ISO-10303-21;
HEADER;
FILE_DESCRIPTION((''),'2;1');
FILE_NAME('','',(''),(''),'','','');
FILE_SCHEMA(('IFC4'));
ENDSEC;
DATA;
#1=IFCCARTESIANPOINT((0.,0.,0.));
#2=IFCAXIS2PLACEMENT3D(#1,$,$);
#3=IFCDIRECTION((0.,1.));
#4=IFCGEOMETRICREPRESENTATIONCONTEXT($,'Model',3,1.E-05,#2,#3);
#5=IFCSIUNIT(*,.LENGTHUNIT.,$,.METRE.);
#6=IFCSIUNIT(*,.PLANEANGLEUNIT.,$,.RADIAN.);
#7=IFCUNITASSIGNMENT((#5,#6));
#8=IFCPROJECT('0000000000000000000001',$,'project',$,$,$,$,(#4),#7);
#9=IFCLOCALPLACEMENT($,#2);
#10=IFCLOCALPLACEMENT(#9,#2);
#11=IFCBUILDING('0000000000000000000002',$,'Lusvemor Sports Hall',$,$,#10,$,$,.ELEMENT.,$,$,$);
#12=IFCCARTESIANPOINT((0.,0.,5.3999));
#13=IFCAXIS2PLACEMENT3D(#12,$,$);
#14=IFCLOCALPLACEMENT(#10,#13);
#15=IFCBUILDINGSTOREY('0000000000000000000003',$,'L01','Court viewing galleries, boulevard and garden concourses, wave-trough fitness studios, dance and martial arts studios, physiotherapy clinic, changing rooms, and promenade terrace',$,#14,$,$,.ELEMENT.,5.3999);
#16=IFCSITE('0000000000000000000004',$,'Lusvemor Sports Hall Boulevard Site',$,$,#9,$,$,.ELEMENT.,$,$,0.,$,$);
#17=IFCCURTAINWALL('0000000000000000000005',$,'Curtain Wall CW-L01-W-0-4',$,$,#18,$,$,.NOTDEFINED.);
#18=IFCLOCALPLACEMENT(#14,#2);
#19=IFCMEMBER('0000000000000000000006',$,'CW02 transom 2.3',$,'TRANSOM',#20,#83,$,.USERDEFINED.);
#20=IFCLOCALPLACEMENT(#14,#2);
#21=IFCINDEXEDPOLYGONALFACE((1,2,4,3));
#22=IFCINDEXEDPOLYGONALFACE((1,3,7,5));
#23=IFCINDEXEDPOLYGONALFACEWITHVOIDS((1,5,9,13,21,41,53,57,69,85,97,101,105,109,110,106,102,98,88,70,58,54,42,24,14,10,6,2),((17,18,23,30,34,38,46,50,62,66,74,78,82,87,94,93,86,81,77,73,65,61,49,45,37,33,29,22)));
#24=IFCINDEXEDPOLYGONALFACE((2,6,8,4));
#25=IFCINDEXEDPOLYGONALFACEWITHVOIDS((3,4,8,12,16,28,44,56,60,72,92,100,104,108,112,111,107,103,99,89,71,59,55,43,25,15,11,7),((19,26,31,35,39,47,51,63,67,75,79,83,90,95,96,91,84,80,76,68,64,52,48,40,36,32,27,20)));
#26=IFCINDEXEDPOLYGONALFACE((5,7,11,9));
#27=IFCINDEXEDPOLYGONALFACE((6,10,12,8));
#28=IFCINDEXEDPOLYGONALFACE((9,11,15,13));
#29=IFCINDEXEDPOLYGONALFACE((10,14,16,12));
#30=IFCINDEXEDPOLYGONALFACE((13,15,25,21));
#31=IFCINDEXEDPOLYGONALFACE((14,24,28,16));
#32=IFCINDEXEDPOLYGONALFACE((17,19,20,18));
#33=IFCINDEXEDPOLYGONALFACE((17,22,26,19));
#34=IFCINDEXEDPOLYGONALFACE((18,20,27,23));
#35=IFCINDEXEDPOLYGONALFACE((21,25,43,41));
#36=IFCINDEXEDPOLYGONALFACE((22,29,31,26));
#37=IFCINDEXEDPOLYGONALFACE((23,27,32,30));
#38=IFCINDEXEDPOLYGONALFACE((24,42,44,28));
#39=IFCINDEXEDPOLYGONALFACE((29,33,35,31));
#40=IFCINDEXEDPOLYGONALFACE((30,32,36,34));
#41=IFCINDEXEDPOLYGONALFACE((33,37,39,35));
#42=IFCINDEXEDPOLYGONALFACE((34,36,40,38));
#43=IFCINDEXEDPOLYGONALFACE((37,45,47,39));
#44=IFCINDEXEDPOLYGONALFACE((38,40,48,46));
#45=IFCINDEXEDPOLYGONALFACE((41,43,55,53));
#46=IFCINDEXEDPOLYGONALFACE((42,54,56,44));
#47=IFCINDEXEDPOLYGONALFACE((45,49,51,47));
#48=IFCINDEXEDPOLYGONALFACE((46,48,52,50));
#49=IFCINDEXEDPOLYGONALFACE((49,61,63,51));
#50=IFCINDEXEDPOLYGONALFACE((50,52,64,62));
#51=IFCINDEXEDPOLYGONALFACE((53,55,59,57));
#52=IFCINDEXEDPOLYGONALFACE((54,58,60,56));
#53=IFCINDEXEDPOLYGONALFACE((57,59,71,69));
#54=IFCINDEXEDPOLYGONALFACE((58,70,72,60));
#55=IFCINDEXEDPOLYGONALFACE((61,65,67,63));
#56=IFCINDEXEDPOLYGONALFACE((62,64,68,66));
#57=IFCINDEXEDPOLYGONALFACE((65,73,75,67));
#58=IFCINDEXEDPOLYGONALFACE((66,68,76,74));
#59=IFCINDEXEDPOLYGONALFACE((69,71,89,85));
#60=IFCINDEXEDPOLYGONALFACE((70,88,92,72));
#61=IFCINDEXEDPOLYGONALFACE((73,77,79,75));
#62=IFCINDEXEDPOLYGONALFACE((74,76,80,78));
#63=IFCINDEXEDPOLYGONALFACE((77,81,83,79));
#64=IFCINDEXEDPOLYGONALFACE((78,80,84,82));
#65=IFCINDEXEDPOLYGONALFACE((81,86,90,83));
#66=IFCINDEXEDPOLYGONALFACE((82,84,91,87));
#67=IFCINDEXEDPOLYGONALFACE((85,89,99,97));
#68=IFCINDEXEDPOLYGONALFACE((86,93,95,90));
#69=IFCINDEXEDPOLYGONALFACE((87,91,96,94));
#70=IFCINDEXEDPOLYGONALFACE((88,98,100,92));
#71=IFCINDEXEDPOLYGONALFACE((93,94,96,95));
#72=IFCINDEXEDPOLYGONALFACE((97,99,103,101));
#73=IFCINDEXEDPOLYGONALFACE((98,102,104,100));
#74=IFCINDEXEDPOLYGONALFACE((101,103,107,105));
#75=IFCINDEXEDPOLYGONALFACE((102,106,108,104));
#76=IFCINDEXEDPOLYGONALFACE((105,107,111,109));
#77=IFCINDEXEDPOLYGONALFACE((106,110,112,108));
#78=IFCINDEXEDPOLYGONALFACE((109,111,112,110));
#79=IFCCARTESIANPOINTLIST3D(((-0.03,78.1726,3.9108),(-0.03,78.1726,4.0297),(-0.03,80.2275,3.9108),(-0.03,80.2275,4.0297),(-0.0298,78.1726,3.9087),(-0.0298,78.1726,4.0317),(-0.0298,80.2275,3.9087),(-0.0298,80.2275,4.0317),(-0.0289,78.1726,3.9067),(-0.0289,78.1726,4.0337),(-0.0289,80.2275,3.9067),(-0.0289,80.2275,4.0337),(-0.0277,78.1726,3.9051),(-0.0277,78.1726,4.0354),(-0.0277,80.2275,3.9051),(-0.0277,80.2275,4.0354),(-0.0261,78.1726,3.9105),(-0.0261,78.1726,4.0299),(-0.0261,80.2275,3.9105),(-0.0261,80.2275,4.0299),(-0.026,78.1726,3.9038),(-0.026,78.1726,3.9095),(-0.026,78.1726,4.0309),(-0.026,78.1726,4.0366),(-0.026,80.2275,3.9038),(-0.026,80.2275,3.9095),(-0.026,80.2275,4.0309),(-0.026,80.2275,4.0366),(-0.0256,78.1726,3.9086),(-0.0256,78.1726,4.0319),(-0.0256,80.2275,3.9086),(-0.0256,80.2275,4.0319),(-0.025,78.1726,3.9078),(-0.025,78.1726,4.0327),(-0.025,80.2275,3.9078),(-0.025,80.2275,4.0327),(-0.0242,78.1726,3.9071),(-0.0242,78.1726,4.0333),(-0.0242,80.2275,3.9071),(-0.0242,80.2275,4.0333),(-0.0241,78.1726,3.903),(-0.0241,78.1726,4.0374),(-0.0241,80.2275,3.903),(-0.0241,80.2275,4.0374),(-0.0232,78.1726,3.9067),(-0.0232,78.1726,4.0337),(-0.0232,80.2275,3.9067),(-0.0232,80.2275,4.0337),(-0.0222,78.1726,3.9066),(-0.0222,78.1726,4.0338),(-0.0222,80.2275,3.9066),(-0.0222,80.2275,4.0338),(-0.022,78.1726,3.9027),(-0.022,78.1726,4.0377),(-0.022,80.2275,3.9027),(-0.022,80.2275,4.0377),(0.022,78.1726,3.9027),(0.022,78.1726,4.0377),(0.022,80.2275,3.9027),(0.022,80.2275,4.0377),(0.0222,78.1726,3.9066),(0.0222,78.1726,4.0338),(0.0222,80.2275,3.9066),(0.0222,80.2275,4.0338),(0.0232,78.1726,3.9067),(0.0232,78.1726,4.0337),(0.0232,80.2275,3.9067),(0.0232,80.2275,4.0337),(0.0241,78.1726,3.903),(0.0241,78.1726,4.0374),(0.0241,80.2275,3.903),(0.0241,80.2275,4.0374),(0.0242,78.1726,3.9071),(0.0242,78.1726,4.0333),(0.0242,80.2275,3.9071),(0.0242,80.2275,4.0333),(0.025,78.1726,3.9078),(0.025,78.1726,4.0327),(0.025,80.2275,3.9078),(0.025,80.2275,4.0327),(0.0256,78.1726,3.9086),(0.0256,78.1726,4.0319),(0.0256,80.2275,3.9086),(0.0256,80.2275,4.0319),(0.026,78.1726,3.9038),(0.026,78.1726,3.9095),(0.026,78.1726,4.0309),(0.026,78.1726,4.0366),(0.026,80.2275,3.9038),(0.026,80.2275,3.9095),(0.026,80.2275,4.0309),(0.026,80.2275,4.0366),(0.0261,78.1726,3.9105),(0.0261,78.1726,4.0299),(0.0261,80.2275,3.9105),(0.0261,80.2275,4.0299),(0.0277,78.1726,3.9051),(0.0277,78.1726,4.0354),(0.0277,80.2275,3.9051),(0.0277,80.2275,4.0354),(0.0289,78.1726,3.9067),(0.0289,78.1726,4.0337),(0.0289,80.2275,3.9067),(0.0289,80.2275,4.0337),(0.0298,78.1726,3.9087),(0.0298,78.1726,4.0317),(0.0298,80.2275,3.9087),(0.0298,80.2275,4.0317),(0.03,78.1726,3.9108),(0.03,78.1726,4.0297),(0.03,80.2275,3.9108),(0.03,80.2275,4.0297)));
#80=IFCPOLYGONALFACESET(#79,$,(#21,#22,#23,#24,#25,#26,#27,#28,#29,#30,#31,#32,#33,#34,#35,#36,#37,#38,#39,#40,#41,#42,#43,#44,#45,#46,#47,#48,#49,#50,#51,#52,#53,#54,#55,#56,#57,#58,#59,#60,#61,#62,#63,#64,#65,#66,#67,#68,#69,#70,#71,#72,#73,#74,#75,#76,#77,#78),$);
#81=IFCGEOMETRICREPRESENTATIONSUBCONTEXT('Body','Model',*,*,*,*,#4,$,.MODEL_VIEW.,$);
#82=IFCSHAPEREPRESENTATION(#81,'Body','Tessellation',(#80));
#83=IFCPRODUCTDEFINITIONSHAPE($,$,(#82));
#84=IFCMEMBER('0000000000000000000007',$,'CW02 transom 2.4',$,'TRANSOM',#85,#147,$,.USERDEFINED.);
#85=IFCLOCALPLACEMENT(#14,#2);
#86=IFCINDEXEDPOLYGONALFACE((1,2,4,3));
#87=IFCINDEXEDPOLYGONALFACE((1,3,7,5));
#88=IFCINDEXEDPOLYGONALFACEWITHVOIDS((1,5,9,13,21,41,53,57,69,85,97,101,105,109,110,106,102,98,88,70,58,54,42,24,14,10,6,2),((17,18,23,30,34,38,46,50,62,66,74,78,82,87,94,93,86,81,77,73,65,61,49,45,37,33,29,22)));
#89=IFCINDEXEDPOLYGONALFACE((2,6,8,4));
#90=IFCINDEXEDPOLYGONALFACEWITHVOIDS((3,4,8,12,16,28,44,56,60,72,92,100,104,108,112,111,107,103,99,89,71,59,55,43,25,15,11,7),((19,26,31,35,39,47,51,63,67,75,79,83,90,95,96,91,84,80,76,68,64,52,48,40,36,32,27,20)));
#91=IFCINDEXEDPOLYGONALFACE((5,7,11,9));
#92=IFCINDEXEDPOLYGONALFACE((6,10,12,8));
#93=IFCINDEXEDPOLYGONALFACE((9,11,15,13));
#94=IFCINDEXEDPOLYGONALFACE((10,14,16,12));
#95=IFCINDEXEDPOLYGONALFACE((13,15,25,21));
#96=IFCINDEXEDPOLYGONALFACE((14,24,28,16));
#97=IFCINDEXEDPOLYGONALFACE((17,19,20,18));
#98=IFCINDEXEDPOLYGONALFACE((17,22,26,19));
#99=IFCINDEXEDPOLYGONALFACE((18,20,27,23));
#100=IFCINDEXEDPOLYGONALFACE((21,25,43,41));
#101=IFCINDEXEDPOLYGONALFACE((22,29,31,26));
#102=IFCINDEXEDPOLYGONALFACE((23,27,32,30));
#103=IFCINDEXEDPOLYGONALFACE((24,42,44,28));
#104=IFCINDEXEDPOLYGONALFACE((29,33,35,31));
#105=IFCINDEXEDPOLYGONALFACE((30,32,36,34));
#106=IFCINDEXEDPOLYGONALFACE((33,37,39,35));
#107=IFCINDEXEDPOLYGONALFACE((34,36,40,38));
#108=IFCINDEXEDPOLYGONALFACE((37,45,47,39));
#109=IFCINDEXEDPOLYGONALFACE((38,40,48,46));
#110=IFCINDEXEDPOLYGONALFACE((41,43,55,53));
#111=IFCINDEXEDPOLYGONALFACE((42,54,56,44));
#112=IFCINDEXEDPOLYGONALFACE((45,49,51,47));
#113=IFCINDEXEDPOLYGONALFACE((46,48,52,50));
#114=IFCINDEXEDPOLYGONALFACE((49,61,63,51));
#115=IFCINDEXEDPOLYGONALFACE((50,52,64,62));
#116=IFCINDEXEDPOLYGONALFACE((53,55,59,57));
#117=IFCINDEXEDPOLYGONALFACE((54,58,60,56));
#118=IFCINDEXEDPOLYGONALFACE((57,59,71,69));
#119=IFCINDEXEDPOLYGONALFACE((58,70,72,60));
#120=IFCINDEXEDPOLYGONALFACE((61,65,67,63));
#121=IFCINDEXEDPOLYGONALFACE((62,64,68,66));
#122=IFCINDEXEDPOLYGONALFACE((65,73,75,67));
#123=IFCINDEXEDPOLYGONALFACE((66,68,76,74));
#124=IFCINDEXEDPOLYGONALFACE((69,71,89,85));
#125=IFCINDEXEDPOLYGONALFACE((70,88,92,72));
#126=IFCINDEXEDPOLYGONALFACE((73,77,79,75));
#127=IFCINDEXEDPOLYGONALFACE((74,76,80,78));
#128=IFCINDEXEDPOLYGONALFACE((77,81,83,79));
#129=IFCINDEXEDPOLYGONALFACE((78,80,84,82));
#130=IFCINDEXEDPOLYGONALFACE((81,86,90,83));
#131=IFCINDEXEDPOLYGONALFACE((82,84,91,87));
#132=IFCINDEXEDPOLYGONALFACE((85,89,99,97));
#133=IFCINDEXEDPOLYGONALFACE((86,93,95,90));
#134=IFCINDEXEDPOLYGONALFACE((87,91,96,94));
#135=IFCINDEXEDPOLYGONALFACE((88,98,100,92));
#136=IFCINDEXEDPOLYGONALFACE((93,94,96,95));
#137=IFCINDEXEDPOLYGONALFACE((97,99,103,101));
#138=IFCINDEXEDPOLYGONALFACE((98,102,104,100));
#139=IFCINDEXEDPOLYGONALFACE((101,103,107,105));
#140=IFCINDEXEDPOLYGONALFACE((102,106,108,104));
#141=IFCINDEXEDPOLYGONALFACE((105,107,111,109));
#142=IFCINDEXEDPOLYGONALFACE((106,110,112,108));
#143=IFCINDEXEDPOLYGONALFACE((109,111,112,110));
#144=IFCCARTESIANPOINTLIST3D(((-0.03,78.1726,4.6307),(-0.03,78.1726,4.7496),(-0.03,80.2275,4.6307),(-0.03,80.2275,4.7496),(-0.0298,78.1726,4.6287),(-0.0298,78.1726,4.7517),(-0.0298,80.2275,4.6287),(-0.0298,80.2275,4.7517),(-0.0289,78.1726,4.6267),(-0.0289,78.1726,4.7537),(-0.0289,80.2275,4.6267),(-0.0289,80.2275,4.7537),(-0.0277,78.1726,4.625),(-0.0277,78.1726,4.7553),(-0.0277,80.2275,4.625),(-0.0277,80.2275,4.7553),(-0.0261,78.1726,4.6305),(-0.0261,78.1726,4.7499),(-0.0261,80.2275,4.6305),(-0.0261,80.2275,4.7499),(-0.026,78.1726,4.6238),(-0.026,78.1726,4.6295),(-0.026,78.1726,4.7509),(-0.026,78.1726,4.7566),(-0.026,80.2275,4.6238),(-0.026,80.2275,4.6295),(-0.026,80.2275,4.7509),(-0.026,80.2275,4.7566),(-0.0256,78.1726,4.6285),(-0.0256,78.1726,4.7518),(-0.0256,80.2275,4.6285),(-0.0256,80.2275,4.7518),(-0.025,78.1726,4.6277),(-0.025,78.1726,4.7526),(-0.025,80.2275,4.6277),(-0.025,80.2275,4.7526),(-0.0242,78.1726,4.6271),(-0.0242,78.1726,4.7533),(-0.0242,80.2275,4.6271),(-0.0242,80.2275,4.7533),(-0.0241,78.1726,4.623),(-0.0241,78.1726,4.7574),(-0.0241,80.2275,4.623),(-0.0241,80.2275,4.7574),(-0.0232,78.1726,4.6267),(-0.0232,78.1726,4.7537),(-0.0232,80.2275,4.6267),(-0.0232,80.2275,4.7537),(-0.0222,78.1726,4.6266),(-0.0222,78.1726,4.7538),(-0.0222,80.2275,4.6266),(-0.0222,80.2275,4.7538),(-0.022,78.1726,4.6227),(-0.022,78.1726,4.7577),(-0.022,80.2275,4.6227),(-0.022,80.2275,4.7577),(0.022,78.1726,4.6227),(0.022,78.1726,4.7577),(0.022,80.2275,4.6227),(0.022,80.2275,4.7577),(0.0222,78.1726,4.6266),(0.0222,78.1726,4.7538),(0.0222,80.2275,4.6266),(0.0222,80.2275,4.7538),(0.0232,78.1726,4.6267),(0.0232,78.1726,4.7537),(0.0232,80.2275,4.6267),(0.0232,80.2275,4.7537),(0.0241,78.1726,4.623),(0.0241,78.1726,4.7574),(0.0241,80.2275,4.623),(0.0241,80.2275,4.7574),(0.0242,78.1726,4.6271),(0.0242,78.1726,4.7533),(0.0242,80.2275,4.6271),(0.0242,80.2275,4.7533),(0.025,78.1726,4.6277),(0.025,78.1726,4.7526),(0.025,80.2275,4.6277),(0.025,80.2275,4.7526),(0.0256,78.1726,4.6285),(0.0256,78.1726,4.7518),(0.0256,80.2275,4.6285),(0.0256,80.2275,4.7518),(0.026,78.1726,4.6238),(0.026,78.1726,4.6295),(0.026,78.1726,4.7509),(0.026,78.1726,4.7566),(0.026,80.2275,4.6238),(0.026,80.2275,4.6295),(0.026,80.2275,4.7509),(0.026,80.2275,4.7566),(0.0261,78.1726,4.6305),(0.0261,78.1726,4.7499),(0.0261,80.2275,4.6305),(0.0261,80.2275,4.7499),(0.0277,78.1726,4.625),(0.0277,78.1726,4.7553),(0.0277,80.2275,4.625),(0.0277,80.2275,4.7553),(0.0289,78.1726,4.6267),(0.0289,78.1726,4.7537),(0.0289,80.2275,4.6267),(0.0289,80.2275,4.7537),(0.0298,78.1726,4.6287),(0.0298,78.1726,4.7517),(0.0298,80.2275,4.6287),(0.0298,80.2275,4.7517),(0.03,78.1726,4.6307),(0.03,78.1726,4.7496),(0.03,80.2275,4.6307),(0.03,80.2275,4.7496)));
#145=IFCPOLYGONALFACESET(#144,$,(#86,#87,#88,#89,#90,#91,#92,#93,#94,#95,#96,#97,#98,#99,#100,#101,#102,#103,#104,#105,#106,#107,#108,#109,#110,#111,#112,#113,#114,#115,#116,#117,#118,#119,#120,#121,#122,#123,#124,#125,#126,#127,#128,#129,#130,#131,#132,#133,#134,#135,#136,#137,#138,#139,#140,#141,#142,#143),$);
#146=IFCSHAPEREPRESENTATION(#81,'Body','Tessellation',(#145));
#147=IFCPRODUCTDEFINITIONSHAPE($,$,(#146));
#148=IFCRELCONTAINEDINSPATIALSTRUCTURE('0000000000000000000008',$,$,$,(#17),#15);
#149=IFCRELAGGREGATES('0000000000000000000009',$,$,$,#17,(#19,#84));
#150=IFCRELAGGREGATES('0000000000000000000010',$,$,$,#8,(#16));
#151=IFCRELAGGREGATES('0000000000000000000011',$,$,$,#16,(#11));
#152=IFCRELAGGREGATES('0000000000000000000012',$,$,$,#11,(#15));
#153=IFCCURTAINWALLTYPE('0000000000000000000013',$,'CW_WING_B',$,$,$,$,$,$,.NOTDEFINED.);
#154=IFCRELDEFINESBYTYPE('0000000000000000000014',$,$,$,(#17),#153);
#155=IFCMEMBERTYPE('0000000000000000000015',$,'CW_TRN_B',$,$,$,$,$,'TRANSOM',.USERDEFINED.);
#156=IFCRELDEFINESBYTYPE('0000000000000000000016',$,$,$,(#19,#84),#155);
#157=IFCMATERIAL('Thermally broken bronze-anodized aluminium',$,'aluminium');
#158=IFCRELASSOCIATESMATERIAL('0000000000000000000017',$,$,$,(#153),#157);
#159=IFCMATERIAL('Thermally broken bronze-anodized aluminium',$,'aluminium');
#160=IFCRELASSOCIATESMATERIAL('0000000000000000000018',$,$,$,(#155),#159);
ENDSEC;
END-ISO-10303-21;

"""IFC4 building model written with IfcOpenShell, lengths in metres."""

from ifc_helpers import new_model, si_unit, direction, frame, origin, origin_2d, place, context, subcontext, project, spatial, hollow_rectangle, extrude, material, material_profile, profile_set, type_object, element, aggregate, save


model = new_model("IFC4")

# Units and contexts
model_context = context("Model", 3, precision=1e-05, world=origin(), true_north=direction((0.0, 1.0)))
body_context = subcontext(model_context, "Body", "Model", "MODEL_VIEW")
ifc_project = project(units=[si_unit("LENGTHUNIT", "METRE"), si_unit("PLANEANGLEUNIT", "RADIAN")], contexts=[model_context])

# Site, building, storey
site_placement = place(None, origin())
site = spatial("IfcSite", under=ifc_project, at=site_placement, Name="Lusvemor Sports Hall Boulevard Site", CompositionType="ELEMENT", RefElevation=0.0)
building_placement = place(site_placement, origin())
building = spatial("IfcBuilding", under=site, at=building_placement, Name="Lusvemor Sports Hall", CompositionType="ELEMENT")
storey_placement = place(building_placement, frame((0.0, 0.0, 5.3999)))
storey = spatial("IfcBuildingStorey", under=building, at=storey_placement, Name="L01", Description="Court viewing galleries, boulevard and garden concourses, wave-trough fitness studios, dance and martial arts studios, physiotherapy clinic, changing rooms, and promenade terrace", CompositionType="ELEMENT", Elevation=5.3999)

# Curtain wall, members
ifc_material_1 = material(Name="Thermally broken bronze-anodized aluminium", Category="aluminium")
curtain_wall_type = type_object("IfcCurtainWallType", Name="CW_WING_B", PredefinedType="NOTDEFINED", material=ifc_material_1)
curtain_wall_placement = place(storey_placement, origin())
curtain_wall = element("IfcCurtainWall", 1, at=curtain_wall_placement, inside=storey, type_object=curtain_wall_type, Name="Curtain Wall CW-L01-W-0-4", PredefinedType="NOTDEFINED")
ifc_material_2 = material(Name="Thermally broken bronze-anodized aluminium", Category="aluminium")
ifc_material_profile_1 = material_profile(ifc_material_2, hollow_rectangle(XDim=0.0601, YDim=0.135, WallThickness=0.0039, InnerFilletRadius=0.0039, OuterFilletRadius=0.0081, at=origin_2d()), Name="CWTRN135x60x4")
ifc_profile_set_1 = profile_set([ifc_material_profile_1], Name="Thermally broken bronze-anodized aluminium")
member_type_1 = type_object("IfcMemberType", Name="CW_TRN_B", ElementType="TRANSOM", PredefinedType="USERDEFINED", material=ifc_profile_set_1)
member_1_placement = place(storey_placement, frame((0.0, 78.1726, 3.9702), z_axis=(0.0, 1.0, 0.0), x_axis=(-1.0, 0.0, 0.0)))
member_1 = element("IfcMember", 2, at=member_1_placement, type_object=member_type_1, Name="CW02 transom 2.3", ObjectType="TRANSOM", PredefinedType="USERDEFINED", context=body_context, shape_type="SweptSolid", body=[
    extrude(hollow_rectangle(XDim=0.0601, YDim=0.135, WallThickness=0.0039, InnerFilletRadius=0.0039, OuterFilletRadius=0.0081, at=origin_2d()), origin(), (0.0, 0.0, 1.0), 2.0549),
])
member_2_placement = place(storey_placement, frame((0.0, 78.1726, 4.6902), z_axis=(0.0, 1.0, 0.0), x_axis=(-1.0, 0.0, 0.0)))
member_2 = element("IfcMember", 3, at=member_2_placement, type_object=member_type_1, Name="CW02 transom 2.4", ObjectType="TRANSOM", PredefinedType="USERDEFINED", context=body_context, shape_type="SweptSolid", body=[
    extrude(hollow_rectangle(XDim=0.0601, YDim=0.135, WallThickness=0.0039, InnerFilletRadius=0.0039, OuterFilletRadius=0.0081, at=origin_2d()), origin(), (0.0, 0.0, 1.0), 2.0549),
])

aggregate(curtain_wall, [member_1, member_2])

save(model, "model.ifc")
